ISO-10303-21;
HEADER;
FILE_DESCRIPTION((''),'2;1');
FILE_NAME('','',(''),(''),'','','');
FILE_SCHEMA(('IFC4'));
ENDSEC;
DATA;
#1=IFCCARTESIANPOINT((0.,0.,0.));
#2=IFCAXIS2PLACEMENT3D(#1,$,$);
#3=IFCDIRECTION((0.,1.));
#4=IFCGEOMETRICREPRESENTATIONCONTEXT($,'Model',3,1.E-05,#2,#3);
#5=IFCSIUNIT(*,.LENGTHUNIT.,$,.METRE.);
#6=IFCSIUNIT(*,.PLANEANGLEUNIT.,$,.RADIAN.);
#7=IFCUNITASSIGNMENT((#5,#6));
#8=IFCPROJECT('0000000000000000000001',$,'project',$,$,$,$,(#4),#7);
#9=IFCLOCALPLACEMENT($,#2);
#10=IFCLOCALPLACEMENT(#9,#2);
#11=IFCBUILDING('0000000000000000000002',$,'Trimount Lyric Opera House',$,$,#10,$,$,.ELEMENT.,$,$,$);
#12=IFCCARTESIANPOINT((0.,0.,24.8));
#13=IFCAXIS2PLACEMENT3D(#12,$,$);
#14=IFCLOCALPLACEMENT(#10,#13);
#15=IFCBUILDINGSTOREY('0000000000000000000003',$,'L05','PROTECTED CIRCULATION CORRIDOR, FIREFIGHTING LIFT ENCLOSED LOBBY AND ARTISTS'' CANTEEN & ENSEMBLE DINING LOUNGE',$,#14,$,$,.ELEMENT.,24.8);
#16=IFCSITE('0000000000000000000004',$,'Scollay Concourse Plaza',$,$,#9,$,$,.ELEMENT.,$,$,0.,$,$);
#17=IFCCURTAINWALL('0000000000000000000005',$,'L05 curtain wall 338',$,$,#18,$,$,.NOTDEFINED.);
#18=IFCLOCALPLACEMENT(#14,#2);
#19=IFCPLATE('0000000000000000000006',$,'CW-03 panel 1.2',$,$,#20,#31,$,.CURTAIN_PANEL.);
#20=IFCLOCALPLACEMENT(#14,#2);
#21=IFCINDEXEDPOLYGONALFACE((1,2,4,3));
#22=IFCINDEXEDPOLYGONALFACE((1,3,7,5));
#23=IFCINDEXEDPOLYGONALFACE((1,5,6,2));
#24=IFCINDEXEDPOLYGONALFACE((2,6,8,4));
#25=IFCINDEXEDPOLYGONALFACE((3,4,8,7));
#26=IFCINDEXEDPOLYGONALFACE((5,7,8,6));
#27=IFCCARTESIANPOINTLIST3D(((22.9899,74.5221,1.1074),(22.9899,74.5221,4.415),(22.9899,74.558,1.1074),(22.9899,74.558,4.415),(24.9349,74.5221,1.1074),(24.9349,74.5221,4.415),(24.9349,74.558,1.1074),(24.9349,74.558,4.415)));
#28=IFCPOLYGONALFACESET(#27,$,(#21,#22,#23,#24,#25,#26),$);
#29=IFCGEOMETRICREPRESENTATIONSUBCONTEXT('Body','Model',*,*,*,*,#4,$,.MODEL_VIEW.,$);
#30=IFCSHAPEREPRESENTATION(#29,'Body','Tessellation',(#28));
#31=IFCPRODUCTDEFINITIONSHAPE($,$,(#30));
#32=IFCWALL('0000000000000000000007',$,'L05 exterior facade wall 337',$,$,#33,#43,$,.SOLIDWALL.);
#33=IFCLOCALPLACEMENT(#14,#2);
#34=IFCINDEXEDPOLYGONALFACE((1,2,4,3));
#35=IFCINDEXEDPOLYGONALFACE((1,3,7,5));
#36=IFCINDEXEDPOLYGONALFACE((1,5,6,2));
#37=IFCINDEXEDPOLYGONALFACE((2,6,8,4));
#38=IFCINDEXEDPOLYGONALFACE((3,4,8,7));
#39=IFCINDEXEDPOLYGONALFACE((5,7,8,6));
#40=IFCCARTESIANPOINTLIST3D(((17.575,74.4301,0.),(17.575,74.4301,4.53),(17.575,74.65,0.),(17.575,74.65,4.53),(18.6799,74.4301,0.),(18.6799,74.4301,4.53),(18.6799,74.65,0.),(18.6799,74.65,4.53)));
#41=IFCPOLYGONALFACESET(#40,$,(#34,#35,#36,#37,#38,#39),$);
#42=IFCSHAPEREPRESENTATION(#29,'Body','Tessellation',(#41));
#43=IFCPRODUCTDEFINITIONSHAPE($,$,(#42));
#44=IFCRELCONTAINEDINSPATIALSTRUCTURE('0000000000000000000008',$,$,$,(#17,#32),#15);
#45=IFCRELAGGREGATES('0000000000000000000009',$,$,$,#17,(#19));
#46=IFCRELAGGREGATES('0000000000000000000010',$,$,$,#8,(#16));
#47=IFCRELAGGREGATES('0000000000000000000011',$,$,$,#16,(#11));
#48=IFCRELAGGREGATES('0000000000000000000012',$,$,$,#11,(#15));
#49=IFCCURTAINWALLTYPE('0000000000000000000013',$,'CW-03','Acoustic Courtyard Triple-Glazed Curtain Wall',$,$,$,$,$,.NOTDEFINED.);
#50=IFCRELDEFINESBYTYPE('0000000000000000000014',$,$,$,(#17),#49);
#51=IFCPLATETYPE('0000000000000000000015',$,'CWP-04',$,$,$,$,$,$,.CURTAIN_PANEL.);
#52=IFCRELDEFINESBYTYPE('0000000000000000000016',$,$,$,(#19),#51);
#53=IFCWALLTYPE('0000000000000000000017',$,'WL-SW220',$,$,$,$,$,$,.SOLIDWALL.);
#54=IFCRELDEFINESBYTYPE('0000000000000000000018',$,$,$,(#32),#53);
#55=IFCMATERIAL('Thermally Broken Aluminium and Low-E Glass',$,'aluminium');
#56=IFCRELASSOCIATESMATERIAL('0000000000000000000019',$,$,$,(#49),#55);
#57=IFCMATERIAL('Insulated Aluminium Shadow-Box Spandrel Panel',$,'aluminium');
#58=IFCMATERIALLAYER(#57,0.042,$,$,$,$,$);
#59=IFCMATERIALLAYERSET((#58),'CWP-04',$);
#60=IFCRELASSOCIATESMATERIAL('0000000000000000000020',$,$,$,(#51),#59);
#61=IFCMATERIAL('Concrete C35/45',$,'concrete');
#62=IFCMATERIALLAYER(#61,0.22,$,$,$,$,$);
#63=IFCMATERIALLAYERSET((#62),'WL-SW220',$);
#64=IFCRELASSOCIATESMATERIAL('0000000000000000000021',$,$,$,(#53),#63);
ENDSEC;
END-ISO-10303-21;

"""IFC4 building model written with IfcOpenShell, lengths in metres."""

from ifc_helpers import new_model, si_unit, direction, frame, frame_2d, origin, origin_2d, place, context, subcontext, project, spatial, rectangle, extrude, material, layer, layer_set, type_object, element, aggregate, save


model = new_model("IFC4")

# Units and contexts
model_context = context("Model", 3, precision=1e-05, world=origin(), true_north=direction((0.0, 1.0)))
body_context = subcontext(model_context, "Body", "Model", "MODEL_VIEW")
ifc_project = project(units=[si_unit("LENGTHUNIT", "METRE"), si_unit("PLANEANGLEUNIT", "RADIAN")], contexts=[model_context])

# Site, building, storey
site_placement = place(None, origin())
site = spatial("IfcSite", under=ifc_project, at=site_placement, Name="Scollay Concourse Plaza", CompositionType="ELEMENT", RefElevation=0.0)
building_placement = place(site_placement, origin())
building = spatial("IfcBuilding", under=site, at=building_placement, Name="Trimount Lyric Opera House", CompositionType="ELEMENT")
storey_placement = place(building_placement, frame((0.0, 0.0, 24.8)))
storey = spatial("IfcBuildingStorey", under=building, at=storey_placement, Name="L05", Description="PROTECTED CIRCULATION CORRIDOR, FIREFIGHTING LIFT ENCLOSED LOBBY AND ARTISTS' CANTEEN & ENSEMBLE DINING LOUNGE", CompositionType="ELEMENT", Elevation=24.8)

# Curtain wall
ifc_material_1 = material(Name="Thermally Broken Aluminium and Low-E Glass", Category="aluminium")
curtain_wall_type = type_object("IfcCurtainWallType", Name="CW-03", Description="Acoustic Courtyard Triple-Glazed Curtain Wall", PredefinedType="NOTDEFINED", material=ifc_material_1)
curtain_wall_1_placement = place(storey_placement, origin())
curtain_wall_1 = element("IfcCurtainWall", 1, at=curtain_wall_1_placement, inside=storey, type_object=curtain_wall_type, Name="L05 curtain wall 338", PredefinedType="NOTDEFINED")

# Plate
ifc_material_2 = material(Name="Insulated Aluminium Shadow-Box Spandrel Panel", Category="aluminium")
ifc_layer_1 = layer(ifc_material_2, 0.042)
ifc_layer_set_1 = layer_set([ifc_layer_1], Name="CWP-04")
plate_type_1 = type_object("IfcPlateType", Name="CWP-04", PredefinedType="CURTAIN_PANEL", material=ifc_layer_set_1)
plate_1_placement = place(storey_placement, frame((23.9624, 74.54, 1.1074), z_axis=(0.0, 0.0, 1.0), x_axis=(1.0, 0.0, 0.0)))
plate_1 = element("IfcPlate", 2, at=plate_1_placement, type_object=plate_type_1, Name="CW-03 panel 1.2", PredefinedType="CURTAIN_PANEL", context=body_context, shape_type="SweptSolid", body=[
    extrude(rectangle(XDim=1.9451, YDim=0.0359, at=origin_2d()), origin(), (0.0, 0.0, 1.0), 3.3076),
])
aggregate(curtain_wall_1, [plate_1])

# Wall
ifc_material_3 = material(Name="Concrete C35/45", Category="concrete")
ifc_layer_2 = layer(ifc_material_3, 0.22)
ifc_layer_set_2 = layer_set([ifc_layer_2], Name="WL-SW220")
wall_type = type_object("IfcWallType", Name="WL-SW220", PredefinedType="SOLIDWALL", material=ifc_layer_set_2)
wall_placement = place(storey_placement, frame((17.575, 74.54, 0.0), z_axis=(0.0, 0.0, 1.0), x_axis=(1.0, 0.0, 0.0)))
element("IfcWall", 3, at=wall_placement, inside=storey, type_object=wall_type, Name="L05 exterior facade wall 337", PredefinedType="SOLIDWALL", context=body_context, shape_type="SweptSolid", body=[
    extrude(rectangle(XDim=1.105, YDim=0.22, at=frame_2d((0.5525, 0.0))), origin(), (0.0, 0.0, 1.0), 4.53),
])

save(model, "model.ifc")
